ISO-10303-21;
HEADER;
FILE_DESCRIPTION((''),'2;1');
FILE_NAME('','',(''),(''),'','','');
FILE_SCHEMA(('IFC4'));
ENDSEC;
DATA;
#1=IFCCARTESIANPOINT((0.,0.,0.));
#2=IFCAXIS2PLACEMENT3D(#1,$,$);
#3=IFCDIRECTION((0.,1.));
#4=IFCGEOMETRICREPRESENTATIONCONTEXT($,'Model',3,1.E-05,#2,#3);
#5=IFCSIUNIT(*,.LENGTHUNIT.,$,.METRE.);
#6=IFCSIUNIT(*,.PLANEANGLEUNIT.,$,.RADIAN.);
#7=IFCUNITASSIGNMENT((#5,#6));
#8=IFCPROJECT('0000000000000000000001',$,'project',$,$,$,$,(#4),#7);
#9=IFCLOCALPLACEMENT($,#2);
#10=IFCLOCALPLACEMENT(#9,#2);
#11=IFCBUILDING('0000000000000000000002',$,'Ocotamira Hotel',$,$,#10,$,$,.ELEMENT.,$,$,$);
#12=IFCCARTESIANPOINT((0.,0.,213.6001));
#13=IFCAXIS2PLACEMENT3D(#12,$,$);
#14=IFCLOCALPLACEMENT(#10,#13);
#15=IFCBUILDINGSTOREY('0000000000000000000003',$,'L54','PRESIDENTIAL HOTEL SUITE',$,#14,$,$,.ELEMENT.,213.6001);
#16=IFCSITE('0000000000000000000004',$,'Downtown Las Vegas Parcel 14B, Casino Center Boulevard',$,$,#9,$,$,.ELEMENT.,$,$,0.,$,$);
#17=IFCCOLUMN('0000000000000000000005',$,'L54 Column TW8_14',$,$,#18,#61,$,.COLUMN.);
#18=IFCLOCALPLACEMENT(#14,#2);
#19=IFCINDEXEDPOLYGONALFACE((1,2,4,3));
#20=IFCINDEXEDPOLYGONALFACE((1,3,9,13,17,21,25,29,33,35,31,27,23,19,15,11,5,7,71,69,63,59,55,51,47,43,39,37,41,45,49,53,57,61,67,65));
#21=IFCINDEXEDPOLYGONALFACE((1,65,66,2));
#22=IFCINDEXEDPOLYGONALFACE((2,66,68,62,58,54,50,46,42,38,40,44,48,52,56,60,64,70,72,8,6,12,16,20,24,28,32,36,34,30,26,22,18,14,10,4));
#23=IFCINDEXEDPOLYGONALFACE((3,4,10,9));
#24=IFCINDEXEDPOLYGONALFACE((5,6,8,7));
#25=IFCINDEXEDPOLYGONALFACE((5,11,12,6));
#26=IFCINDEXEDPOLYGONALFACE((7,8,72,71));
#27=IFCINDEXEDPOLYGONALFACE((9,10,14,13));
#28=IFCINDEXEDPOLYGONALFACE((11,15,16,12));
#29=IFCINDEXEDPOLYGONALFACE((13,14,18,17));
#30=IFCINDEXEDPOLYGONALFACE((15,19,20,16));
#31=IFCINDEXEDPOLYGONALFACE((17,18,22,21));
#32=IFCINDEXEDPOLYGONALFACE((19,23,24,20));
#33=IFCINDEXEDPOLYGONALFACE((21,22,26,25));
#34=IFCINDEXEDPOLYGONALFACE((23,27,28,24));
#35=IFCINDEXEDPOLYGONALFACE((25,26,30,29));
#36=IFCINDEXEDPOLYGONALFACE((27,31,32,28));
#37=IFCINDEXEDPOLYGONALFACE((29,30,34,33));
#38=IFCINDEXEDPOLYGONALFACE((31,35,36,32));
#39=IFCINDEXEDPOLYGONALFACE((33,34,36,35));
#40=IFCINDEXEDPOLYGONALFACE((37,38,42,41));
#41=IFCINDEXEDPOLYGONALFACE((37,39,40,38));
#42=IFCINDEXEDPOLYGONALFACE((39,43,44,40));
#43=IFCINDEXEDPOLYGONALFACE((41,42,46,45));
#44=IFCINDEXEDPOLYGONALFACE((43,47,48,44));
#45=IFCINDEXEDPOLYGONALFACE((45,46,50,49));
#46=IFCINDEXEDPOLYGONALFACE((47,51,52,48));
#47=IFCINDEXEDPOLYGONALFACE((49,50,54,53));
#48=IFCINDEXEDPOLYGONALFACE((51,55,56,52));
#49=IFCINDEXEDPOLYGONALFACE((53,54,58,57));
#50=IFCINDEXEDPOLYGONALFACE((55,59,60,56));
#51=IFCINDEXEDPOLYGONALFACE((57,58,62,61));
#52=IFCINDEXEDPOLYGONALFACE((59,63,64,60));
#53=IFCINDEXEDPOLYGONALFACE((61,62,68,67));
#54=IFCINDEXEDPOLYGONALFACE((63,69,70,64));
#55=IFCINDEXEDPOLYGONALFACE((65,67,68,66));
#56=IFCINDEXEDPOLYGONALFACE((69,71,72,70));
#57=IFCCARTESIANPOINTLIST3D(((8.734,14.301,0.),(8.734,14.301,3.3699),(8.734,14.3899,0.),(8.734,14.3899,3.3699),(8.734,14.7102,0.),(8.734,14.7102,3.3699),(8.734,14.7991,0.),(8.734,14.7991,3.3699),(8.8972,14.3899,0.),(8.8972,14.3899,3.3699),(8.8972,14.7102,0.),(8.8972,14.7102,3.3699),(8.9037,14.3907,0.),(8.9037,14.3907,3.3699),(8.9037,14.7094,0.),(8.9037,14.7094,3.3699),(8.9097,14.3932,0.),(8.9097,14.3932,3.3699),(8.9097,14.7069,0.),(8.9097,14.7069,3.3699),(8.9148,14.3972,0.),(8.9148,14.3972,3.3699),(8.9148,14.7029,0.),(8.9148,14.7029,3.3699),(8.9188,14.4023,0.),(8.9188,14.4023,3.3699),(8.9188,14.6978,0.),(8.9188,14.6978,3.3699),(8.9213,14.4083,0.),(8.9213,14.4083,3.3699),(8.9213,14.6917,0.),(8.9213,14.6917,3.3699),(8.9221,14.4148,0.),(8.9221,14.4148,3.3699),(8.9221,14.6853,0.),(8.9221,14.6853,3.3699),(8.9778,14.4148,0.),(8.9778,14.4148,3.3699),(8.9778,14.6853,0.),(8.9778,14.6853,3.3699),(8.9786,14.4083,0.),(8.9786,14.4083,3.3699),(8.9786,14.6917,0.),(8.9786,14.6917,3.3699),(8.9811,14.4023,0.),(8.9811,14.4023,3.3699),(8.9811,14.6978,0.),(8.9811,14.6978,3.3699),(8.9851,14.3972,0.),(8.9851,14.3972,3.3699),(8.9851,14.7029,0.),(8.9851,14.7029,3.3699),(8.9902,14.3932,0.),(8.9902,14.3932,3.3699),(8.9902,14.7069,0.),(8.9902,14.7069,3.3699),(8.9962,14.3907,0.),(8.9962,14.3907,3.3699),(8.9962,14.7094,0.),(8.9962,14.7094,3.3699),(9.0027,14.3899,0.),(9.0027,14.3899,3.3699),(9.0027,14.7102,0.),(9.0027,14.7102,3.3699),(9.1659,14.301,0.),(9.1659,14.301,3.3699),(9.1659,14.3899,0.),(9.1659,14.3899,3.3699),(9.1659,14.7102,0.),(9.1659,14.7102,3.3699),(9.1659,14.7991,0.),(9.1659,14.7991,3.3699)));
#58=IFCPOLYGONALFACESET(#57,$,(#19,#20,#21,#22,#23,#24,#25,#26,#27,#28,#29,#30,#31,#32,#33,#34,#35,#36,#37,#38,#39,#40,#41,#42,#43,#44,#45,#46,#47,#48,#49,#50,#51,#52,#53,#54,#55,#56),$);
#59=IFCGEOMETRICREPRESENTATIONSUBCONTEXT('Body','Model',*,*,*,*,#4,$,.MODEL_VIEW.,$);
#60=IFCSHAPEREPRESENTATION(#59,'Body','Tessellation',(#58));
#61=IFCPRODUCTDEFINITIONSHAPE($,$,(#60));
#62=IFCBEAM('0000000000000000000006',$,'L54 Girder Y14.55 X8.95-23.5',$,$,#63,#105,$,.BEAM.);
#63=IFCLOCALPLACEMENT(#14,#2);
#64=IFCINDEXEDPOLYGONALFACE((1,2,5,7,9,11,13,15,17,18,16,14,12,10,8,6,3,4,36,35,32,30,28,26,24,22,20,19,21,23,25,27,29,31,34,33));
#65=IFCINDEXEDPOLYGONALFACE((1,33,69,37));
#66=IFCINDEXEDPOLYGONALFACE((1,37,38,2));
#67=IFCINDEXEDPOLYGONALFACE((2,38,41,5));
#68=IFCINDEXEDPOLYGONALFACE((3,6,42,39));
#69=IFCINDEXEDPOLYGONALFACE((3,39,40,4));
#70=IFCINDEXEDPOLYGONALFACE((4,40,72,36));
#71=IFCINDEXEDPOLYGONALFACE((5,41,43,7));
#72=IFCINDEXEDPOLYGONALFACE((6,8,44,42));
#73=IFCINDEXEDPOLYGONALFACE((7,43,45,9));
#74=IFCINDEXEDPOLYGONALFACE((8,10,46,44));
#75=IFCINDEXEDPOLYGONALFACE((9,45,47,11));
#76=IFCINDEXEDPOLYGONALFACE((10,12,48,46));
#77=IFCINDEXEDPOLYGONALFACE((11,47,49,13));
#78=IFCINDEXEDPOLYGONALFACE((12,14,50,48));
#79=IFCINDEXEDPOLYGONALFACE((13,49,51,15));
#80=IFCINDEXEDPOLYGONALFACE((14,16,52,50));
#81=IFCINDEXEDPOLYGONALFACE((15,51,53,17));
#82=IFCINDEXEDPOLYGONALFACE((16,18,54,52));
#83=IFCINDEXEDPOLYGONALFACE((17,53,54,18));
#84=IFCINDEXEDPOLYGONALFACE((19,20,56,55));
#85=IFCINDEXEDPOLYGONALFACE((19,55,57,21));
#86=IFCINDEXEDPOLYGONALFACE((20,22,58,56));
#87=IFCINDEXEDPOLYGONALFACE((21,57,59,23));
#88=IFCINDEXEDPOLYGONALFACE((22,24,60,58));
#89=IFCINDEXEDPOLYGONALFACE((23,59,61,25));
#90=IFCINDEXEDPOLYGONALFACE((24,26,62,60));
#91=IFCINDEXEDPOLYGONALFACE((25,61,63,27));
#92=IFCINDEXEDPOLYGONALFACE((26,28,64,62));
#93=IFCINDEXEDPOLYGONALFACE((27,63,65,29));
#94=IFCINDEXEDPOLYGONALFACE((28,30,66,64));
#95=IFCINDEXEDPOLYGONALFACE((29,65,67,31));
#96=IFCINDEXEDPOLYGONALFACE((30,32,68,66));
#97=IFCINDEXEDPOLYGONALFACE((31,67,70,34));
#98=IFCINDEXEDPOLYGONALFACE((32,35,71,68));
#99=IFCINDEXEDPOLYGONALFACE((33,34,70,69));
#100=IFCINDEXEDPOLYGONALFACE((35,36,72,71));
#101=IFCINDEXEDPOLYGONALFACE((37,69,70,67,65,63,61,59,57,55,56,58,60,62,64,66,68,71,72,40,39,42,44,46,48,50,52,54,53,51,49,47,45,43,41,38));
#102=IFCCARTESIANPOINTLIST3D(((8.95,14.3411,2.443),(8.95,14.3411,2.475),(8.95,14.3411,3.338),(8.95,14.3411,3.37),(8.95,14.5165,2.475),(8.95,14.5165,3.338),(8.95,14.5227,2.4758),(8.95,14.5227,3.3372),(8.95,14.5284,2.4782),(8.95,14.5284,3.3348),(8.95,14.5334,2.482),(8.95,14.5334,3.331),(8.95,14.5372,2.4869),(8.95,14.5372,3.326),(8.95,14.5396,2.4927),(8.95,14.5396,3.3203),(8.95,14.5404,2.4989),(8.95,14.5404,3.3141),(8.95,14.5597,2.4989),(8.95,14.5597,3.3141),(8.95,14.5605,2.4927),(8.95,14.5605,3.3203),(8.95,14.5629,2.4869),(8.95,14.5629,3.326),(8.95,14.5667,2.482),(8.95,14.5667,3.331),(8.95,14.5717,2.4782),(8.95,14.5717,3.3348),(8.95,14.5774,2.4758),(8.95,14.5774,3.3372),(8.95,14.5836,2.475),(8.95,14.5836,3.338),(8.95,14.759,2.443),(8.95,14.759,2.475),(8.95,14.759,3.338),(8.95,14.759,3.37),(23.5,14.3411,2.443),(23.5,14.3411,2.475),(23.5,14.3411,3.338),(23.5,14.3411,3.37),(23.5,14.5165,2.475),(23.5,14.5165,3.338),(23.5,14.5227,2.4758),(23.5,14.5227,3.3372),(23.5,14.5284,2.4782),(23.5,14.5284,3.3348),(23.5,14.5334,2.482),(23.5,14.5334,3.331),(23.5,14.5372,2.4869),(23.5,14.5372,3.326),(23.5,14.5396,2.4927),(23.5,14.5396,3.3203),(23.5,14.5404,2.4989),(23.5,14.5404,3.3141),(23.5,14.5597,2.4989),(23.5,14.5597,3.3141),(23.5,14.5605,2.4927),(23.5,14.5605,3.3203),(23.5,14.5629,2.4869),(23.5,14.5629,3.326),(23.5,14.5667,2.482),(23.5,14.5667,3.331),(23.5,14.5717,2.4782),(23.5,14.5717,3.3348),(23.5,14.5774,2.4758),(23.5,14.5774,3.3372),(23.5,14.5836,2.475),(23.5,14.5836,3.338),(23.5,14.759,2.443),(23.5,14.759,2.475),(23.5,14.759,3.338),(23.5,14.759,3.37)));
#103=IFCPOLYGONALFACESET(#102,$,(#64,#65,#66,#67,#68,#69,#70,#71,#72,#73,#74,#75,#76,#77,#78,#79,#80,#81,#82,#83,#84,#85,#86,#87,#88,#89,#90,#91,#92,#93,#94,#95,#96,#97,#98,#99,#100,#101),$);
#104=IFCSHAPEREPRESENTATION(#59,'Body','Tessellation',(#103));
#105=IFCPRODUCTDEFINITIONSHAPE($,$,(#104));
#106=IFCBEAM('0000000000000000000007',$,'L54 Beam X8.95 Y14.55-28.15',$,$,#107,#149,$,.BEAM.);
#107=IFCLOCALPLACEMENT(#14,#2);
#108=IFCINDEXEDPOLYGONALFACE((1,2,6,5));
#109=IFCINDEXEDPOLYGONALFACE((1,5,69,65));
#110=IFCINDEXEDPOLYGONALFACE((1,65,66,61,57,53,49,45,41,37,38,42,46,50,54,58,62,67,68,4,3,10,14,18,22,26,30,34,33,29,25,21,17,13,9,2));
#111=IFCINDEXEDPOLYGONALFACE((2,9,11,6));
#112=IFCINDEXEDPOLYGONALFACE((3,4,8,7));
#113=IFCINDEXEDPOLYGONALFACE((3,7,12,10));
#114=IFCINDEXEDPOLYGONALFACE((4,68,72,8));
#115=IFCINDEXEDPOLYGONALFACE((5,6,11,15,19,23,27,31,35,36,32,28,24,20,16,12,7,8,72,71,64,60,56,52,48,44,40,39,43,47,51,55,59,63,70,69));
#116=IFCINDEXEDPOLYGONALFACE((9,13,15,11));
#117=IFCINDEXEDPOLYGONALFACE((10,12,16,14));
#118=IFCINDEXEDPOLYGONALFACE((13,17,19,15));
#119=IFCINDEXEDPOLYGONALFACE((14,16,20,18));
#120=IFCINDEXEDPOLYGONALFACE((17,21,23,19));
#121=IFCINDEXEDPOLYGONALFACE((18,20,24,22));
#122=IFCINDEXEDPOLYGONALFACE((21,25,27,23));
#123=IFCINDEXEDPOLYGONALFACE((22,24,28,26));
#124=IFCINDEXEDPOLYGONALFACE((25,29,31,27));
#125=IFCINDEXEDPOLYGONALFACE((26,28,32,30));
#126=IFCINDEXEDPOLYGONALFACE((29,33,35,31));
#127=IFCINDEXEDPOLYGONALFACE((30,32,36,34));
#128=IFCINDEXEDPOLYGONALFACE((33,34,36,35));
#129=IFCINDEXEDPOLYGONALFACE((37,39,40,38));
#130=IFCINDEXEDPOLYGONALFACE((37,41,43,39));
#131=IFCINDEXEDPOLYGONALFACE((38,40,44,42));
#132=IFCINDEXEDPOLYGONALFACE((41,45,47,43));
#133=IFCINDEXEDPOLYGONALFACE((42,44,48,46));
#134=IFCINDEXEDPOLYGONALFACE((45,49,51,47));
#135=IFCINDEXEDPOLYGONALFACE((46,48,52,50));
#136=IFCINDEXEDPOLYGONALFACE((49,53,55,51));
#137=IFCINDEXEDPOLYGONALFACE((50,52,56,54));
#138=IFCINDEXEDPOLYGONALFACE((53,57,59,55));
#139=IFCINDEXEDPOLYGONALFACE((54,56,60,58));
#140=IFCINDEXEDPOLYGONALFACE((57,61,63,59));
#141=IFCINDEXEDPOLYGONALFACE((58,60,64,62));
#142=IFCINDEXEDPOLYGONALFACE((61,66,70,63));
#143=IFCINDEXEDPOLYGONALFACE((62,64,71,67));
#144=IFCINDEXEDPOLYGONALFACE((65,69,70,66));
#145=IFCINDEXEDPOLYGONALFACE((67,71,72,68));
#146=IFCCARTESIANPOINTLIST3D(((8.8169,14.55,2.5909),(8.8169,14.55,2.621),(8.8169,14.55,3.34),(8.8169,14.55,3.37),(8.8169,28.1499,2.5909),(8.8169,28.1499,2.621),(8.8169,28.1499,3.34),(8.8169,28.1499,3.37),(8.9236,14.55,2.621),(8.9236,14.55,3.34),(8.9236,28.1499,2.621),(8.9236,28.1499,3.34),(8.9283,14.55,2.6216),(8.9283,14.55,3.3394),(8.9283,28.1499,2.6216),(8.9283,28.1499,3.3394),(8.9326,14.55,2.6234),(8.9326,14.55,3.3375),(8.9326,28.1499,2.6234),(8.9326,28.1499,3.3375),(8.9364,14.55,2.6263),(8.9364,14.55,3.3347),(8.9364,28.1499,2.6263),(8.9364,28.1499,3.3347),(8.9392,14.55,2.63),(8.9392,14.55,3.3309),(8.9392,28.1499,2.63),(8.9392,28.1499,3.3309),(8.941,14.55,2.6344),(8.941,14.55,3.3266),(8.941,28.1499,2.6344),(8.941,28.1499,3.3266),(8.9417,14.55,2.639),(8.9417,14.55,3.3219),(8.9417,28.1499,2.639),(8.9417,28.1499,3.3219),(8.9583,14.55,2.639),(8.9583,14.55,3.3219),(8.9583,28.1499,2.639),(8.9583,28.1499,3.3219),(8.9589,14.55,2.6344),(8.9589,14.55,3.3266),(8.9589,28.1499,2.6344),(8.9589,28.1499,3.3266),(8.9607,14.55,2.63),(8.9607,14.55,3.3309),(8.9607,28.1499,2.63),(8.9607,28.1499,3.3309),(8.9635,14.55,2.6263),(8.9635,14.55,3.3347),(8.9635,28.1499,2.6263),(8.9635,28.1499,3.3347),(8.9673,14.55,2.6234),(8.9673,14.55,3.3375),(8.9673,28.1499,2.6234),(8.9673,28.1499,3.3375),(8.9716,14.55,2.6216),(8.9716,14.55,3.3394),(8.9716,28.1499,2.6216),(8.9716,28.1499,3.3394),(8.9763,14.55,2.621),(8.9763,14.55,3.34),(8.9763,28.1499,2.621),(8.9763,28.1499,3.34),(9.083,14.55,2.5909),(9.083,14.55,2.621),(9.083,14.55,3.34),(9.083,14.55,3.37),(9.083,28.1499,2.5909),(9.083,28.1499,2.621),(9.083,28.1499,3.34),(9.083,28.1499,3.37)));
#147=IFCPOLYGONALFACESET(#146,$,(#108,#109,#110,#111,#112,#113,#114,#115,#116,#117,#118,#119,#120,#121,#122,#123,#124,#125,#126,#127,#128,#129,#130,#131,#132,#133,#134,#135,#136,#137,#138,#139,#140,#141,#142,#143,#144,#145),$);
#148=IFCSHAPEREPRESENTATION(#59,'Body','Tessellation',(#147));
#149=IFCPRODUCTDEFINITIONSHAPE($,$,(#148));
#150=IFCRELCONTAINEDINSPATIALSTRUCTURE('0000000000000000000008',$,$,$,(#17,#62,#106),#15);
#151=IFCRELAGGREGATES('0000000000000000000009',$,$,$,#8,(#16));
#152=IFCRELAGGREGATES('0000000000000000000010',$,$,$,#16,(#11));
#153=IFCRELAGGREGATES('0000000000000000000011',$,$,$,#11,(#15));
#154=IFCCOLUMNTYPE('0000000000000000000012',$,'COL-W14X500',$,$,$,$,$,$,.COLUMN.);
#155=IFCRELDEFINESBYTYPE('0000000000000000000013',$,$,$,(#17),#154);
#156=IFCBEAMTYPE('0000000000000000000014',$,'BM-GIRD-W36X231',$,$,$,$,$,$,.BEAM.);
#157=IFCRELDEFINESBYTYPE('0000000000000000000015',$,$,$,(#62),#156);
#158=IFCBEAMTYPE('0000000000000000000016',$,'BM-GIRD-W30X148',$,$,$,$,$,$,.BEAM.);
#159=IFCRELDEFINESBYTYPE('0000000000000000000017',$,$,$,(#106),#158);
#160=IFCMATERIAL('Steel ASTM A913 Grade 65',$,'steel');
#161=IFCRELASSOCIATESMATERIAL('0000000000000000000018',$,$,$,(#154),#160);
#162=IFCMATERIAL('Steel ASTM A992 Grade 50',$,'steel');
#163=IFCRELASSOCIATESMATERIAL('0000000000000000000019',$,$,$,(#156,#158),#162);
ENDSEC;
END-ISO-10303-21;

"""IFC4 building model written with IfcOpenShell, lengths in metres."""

from ifc_helpers import new_model, si_unit, direction, frame, origin, origin_2d, place, context, subcontext, project, spatial, i_section, extrude, source, transform, mapped, material, material_profile, profile_set, type_object, element, save


model = new_model("IFC4")

# Units and contexts
model_context = context("Model", 3, precision=1e-05, world=origin(), true_north=direction((0.0, 1.0)))
body_context = subcontext(model_context, "Body", "Model", "MODEL_VIEW")
ifc_project = project(units=[si_unit("LENGTHUNIT", "METRE"), si_unit("PLANEANGLEUNIT", "RADIAN")], contexts=[model_context])

# Site, building, storey
site_placement = place(None, origin())
site = spatial("IfcSite", under=ifc_project, at=site_placement, Name="Downtown Las Vegas Parcel 14B, Casino Center Boulevard", CompositionType="ELEMENT", RefElevation=0.0)
building_placement = place(site_placement, origin())
building = spatial("IfcBuilding", under=site, at=building_placement, Name="Ocotamira Hotel", CompositionType="ELEMENT")
storey_placement = place(building_placement, frame((0.0, 0.0, 213.6001)))
storey = spatial("IfcBuildingStorey", under=building, at=storey_placement, Name="L54", Description="PRESIDENTIAL HOTEL SUITE", CompositionType="ELEMENT", Elevation=213.6001)

# Column
ifc_material_1 = material(Name="Steel ASTM A913 Grade 65", Category="steel")
ifc_material_profile_1 = material_profile(ifc_material_1, i_section(OverallWidth=0.4319, OverallDepth=0.498, WebThickness=0.0557, FlangeThickness=0.0889, FilletRadius=0.0249, at=origin_2d()), Name="W14X500")
ifc_profile_set_1 = profile_set([ifc_material_profile_1], Name="Steel ASTM A913 Grade 65")
column_type = type_object("IfcColumnType", Name="COL-W14X500", PredefinedType="COLUMN", material=ifc_profile_set_1)
shared_shape_1 = source(origin(), body_context, "Body", "SweptSolid", [
    extrude(i_section(OverallWidth=0.4319, OverallDepth=0.498, WebThickness=0.0557, FlangeThickness=0.0889, FilletRadius=0.0249, at=origin_2d()), origin(), (0.0, 0.0, 1.0), 3.3699),
])
column_placement = place(storey_placement, frame((8.95, 14.55, 0.0), z_axis=(0.0, 0.0, 1.0), x_axis=(1.0, 0.0, 0.0)))
element("IfcColumn", 1, at=column_placement, inside=storey, type_object=column_type, Name="L54 Column TW8_14", PredefinedType="COLUMN", context=body_context, shape_type="MappedRepresentation", body=[
    mapped(shared_shape_1, transform((0.0, 0.0, 0.0), scale=1.0)),
])

# Beams
ifc_material_2 = material(Name="Steel ASTM A992 Grade 50", Category="steel")
ifc_material_profile_2 = material_profile(ifc_material_2, i_section(OverallWidth=0.418, OverallDepth=0.927, WebThickness=0.0193, FlangeThickness=0.032, FilletRadius=0.0239, at=origin_2d()), Name="W36X231")
ifc_profile_set_2 = profile_set([ifc_material_profile_2], Name="Steel ASTM A992 Grade 50")
beam_type_1 = type_object("IfcBeamType", Name="BM-GIRD-W36X231", PredefinedType="BEAM", material=ifc_profile_set_2)
shared_shape_2 = source(origin(), body_context, "Body", "SweptSolid", [
    extrude(i_section(OverallWidth=0.418, OverallDepth=0.927, WebThickness=0.0193, FlangeThickness=0.032, FilletRadius=0.0239, at=origin_2d()), origin(), (0.0, 0.0, 1.0), 14.55),
])
beam_1_placement = place(storey_placement, frame((8.95, 14.55, 2.9065), z_axis=(1.0, 0.0, 0.0), x_axis=(0.0, 1.0, 0.0)))
element("IfcBeam", 2, at=beam_1_placement, inside=storey, type_object=beam_type_1, Name="L54 Girder Y14.55 X8.95-23.5", PredefinedType="BEAM", context=body_context, shape_type="MappedRepresentation", body=[
    mapped(shared_shape_2, transform((0.0, 0.0, 0.0), scale=1.0)),
])
ifc_material_profile_3 = material_profile(ifc_material_2, i_section(OverallWidth=0.2661, OverallDepth=0.7791, WebThickness=0.0166, FlangeThickness=0.03, FilletRadius=0.0181, at=origin_2d()), Name="W30X148")
ifc_profile_set_3 = profile_set([ifc_material_profile_3], Name="Steel ASTM A992 Grade 50")
beam_type_2 = type_object("IfcBeamType", Name="BM-GIRD-W30X148", PredefinedType="BEAM", material=ifc_profile_set_3)
shared_shape_3 = source(origin(), body_context, "Body", "SweptSolid", [
    extrude(i_section(OverallWidth=0.2661, OverallDepth=0.7791, WebThickness=0.0166, FlangeThickness=0.03, FilletRadius=0.0181, at=origin_2d()), origin(), (0.0, 0.0, 1.0), 13.5999),
])
beam_2_placement = place(storey_placement, frame((8.95, 14.55, 2.9805), z_axis=(0.0, 1.0, 0.0), x_axis=(-1.0, 0.0, 0.0)))
element("IfcBeam", 3, at=beam_2_placement, inside=storey, type_object=beam_type_2, Name="L54 Beam X8.95 Y14.55-28.15", PredefinedType="BEAM", context=body_context, shape_type="MappedRepresentation", body=[
    mapped(shared_shape_3, transform((0.0, 0.0, 0.0), scale=1.0)),
])

save(model, "model.ifc")
